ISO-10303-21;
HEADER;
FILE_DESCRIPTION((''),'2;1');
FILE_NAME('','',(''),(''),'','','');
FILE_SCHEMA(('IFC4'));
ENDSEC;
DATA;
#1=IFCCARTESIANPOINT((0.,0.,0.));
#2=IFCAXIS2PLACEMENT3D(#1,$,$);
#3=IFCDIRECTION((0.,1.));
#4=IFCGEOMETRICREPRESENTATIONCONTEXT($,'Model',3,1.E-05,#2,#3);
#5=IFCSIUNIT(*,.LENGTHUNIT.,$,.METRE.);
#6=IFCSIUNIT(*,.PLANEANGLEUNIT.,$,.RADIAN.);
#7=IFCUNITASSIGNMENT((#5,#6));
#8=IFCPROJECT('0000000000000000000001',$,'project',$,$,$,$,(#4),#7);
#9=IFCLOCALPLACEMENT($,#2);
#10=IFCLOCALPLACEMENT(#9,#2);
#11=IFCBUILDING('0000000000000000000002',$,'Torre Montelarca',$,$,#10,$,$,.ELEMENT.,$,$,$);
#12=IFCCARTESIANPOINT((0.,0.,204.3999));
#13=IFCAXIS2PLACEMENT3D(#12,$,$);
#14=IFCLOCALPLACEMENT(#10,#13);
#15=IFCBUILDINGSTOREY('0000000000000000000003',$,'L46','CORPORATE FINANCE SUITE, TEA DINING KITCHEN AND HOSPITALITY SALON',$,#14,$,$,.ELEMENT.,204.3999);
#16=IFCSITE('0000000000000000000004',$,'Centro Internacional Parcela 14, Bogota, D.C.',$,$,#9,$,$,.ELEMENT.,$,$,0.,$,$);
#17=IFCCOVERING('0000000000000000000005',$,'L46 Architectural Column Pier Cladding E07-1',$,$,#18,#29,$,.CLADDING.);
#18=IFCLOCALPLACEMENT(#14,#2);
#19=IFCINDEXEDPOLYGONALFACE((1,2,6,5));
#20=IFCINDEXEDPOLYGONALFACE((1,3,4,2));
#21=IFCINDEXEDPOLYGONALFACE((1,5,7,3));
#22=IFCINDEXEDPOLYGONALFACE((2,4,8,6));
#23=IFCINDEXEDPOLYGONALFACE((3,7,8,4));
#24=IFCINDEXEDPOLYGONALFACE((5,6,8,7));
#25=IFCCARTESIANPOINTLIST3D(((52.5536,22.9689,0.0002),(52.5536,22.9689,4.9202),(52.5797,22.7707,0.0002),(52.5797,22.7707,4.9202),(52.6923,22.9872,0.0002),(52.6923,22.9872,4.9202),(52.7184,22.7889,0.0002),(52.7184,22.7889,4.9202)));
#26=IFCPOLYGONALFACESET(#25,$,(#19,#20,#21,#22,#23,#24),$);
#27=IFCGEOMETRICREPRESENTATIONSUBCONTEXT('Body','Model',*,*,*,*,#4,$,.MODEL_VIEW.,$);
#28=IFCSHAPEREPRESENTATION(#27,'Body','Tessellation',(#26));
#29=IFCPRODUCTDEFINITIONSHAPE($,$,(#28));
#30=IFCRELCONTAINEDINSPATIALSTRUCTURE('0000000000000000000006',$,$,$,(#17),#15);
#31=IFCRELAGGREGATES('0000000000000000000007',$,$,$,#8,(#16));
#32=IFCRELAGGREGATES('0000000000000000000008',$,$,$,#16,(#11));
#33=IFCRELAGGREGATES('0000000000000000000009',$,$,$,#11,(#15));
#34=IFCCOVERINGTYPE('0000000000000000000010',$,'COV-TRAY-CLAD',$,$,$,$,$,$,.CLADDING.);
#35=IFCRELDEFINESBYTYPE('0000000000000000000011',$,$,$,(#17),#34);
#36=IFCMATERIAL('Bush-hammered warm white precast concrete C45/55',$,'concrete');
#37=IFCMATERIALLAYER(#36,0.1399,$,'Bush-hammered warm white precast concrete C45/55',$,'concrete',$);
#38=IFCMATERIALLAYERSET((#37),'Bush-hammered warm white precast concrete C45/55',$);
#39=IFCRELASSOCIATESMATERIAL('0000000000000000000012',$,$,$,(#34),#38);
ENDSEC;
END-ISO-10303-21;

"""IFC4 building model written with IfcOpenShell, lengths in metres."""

from ifc_helpers import new_model, si_unit, direction, frame, origin, origin_2d, place, context, subcontext, project, spatial, rectangle, extrude, source, transform, mapped, material, layer, layer_set, type_object, element, save


model = new_model("IFC4")

# Units and contexts
model_context = context("Model", 3, precision=1e-05, world=origin(), true_north=direction((0.0, 1.0)))
body_context = subcontext(model_context, "Body", "Model", "MODEL_VIEW")
ifc_project = project(units=[si_unit("LENGTHUNIT", "METRE"), si_unit("PLANEANGLEUNIT", "RADIAN")], contexts=[model_context])

# Site, building, storey
site_placement = place(None, origin())
site = spatial("IfcSite", under=ifc_project, at=site_placement, Name="Centro Internacional Parcela 14, Bogota, D.C.", CompositionType="ELEMENT", RefElevation=0.0)
building_placement = place(site_placement, origin())
building = spatial("IfcBuilding", under=site, at=building_placement, Name="Torre Montelarca", CompositionType="ELEMENT")
storey_placement = place(building_placement, frame((0.0, 0.0, 204.3999)))
storey = spatial("IfcBuildingStorey", under=building, at=storey_placement, Name="L46", Description="CORPORATE FINANCE SUITE, TEA DINING KITCHEN AND HOSPITALITY SALON", CompositionType="ELEMENT", Elevation=204.3999)

# Covering
ifc_material_1 = material(Name="Bush-hammered warm white precast concrete C45/55", Category="concrete")
ifc_layer_1 = layer(ifc_material_1, 0.1399, Name="Bush-hammered warm white precast concrete C45/55", Category="concrete")
ifc_layer_set_1 = layer_set([ifc_layer_1], Name="Bush-hammered warm white precast concrete C45/55")
covering_type = type_object("IfcCoveringType", Name="COV-TRAY-CLAD", PredefinedType="CLADDING", material=ifc_layer_set_1)
shared_shape_1 = source(origin(), body_context, "Body", "SweptSolid", [
    extrude(rectangle(XDim=0.2, YDim=0.1399, at=origin_2d()), origin(), (0.0, 0.0, 1.0), 4.9199),
])
for number, where, z_axis, x_axis, name in (
    (1, (52.636, 22.8789, 0.0002), (0.0, 0.0, 1.0), (-0.130531, 0.991444, 0.0), "L46 Architectural Column Pier Cladding E07-1"),
):
    element("IfcCovering", number, at=place(storey_placement, frame(where, z_axis=z_axis, x_axis=x_axis)), inside=storey, type_object=covering_type, Name=name, PredefinedType="CLADDING", context=body_context, shape_type="MappedRepresentation", body=[
        mapped(shared_shape_1, transform((0.0, 0.0, 0.0), scale=1.0)),
    ])

save(model, "model.ifc")
